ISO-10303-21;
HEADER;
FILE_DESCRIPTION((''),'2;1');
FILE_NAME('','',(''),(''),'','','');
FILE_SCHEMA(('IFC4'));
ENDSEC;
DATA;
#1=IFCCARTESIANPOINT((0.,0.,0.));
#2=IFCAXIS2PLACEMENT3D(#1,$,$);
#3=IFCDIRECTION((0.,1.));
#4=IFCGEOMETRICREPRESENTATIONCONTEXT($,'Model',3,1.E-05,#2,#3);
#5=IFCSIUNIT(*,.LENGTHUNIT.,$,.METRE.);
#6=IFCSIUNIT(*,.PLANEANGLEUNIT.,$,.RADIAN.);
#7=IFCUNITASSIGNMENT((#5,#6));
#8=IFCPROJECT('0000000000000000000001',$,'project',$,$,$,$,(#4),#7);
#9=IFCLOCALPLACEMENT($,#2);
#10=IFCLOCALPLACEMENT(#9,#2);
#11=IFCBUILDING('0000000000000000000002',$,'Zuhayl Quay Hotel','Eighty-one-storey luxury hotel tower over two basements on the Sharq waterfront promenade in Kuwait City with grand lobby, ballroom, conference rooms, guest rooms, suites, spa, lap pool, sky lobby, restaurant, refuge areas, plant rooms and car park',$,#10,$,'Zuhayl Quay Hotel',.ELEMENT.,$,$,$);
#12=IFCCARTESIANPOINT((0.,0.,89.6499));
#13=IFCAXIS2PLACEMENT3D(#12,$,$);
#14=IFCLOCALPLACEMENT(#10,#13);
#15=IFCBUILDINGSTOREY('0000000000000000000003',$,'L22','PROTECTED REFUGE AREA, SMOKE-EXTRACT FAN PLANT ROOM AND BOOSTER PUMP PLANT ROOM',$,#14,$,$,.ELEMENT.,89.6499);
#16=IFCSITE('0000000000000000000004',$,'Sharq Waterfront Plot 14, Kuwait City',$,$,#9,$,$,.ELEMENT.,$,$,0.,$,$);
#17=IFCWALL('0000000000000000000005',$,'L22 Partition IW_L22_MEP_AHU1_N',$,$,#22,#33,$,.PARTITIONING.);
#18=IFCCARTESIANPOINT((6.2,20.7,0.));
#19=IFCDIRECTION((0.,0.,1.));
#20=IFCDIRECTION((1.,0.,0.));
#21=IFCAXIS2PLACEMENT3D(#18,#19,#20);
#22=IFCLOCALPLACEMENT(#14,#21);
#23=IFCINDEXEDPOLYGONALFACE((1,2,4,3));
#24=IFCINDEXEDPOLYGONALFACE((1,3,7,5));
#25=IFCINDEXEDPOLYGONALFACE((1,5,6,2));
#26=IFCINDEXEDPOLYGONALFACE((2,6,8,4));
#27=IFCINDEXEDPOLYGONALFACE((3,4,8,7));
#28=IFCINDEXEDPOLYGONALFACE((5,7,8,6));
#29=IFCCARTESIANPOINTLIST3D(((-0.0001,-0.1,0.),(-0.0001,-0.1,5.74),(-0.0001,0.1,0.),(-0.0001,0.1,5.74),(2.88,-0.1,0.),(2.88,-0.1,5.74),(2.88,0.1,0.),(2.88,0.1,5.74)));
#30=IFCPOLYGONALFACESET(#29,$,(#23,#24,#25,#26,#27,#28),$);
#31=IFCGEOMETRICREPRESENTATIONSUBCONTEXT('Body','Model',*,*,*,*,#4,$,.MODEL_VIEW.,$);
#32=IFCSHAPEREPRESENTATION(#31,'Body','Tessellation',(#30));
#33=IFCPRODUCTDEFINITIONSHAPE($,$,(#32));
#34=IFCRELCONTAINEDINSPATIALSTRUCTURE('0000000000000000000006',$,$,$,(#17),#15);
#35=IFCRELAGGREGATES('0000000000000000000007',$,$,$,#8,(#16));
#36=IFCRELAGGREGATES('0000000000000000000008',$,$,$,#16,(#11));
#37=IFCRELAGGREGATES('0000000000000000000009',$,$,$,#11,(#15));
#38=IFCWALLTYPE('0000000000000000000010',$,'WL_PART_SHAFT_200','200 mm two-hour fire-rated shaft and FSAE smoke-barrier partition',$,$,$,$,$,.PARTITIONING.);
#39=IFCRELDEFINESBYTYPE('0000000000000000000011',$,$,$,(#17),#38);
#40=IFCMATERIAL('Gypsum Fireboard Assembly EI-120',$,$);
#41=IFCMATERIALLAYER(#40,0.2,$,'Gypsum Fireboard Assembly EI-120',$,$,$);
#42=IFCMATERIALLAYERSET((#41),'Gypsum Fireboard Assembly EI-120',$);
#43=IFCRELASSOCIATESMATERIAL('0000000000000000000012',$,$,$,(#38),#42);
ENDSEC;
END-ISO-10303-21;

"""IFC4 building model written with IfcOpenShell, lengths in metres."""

from ifc_helpers import new_model, si_unit, direction, frame, frame_2d, origin, place, context, subcontext, project, spatial, rectangle, extrude, material, layer, layer_set, type_object, element, save


model = new_model("IFC4")

# Units and contexts
model_context = context("Model", 3, precision=1e-05, world=origin(), true_north=direction((0.0, 1.0)))
body_context = subcontext(model_context, "Body", "Model", "MODEL_VIEW")
ifc_project = project(units=[si_unit("LENGTHUNIT", "METRE"), si_unit("PLANEANGLEUNIT", "RADIAN")], contexts=[model_context])

# Site, building, storey
site_placement = place(None, origin())
site = spatial("IfcSite", under=ifc_project, at=site_placement, Name="Sharq Waterfront Plot 14, Kuwait City", CompositionType="ELEMENT", RefElevation=0.0)
building_placement = place(site_placement, origin())
building = spatial("IfcBuilding", under=site, at=building_placement, Name="Zuhayl Quay Hotel", Description="Eighty-one-storey luxury hotel tower over two basements on the Sharq waterfront promenade in Kuwait City with grand lobby, ballroom, conference rooms, guest rooms, suites, spa, lap pool, sky lobby, restaurant, refuge areas, plant rooms and car park", LongName="Zuhayl Quay Hotel", CompositionType="ELEMENT")
storey_placement = place(building_placement, frame((0.0, 0.0, 89.6499)))
storey = spatial("IfcBuildingStorey", under=building, at=storey_placement, Name="L22", Description="PROTECTED REFUGE AREA, SMOKE-EXTRACT FAN PLANT ROOM AND BOOSTER PUMP PLANT ROOM", CompositionType="ELEMENT", Elevation=89.6499)

# Shared definitions
ifc_material_1 = material(Name="Gypsum Fireboard Assembly EI-120")
ifc_layer_1 = layer(ifc_material_1, 0.2, Name="Gypsum Fireboard Assembly EI-120")
ifc_layer_set_1 = layer_set([ifc_layer_1], Name="Gypsum Fireboard Assembly EI-120")
wall_type = type_object("IfcWallType", Name="WL_PART_SHAFT_200", Description="200 mm two-hour fire-rated shaft and FSAE smoke-barrier partition", PredefinedType="PARTITIONING", material=ifc_layer_set_1)

# Wall
wall_1_placement = place(storey_placement, frame((6.2, 20.7, 0.0), z_axis=(0.0, 0.0, 1.0), x_axis=(1.0, 0.0, 0.0)))
element("IfcWall", 1, at=wall_1_placement, inside=storey, type_object=wall_type, Name="L22 Partition IW_L22_MEP_AHU1_N", PredefinedType="PARTITIONING", context=body_context, shape_type="SweptSolid", body=[
    extrude(rectangle(XDim=2.8801, YDim=0.2, at=frame_2d((1.4399, 0.0))), origin(), (0.0, 0.0, 1.0), 5.74),
])

save(model, "model.ifc")
